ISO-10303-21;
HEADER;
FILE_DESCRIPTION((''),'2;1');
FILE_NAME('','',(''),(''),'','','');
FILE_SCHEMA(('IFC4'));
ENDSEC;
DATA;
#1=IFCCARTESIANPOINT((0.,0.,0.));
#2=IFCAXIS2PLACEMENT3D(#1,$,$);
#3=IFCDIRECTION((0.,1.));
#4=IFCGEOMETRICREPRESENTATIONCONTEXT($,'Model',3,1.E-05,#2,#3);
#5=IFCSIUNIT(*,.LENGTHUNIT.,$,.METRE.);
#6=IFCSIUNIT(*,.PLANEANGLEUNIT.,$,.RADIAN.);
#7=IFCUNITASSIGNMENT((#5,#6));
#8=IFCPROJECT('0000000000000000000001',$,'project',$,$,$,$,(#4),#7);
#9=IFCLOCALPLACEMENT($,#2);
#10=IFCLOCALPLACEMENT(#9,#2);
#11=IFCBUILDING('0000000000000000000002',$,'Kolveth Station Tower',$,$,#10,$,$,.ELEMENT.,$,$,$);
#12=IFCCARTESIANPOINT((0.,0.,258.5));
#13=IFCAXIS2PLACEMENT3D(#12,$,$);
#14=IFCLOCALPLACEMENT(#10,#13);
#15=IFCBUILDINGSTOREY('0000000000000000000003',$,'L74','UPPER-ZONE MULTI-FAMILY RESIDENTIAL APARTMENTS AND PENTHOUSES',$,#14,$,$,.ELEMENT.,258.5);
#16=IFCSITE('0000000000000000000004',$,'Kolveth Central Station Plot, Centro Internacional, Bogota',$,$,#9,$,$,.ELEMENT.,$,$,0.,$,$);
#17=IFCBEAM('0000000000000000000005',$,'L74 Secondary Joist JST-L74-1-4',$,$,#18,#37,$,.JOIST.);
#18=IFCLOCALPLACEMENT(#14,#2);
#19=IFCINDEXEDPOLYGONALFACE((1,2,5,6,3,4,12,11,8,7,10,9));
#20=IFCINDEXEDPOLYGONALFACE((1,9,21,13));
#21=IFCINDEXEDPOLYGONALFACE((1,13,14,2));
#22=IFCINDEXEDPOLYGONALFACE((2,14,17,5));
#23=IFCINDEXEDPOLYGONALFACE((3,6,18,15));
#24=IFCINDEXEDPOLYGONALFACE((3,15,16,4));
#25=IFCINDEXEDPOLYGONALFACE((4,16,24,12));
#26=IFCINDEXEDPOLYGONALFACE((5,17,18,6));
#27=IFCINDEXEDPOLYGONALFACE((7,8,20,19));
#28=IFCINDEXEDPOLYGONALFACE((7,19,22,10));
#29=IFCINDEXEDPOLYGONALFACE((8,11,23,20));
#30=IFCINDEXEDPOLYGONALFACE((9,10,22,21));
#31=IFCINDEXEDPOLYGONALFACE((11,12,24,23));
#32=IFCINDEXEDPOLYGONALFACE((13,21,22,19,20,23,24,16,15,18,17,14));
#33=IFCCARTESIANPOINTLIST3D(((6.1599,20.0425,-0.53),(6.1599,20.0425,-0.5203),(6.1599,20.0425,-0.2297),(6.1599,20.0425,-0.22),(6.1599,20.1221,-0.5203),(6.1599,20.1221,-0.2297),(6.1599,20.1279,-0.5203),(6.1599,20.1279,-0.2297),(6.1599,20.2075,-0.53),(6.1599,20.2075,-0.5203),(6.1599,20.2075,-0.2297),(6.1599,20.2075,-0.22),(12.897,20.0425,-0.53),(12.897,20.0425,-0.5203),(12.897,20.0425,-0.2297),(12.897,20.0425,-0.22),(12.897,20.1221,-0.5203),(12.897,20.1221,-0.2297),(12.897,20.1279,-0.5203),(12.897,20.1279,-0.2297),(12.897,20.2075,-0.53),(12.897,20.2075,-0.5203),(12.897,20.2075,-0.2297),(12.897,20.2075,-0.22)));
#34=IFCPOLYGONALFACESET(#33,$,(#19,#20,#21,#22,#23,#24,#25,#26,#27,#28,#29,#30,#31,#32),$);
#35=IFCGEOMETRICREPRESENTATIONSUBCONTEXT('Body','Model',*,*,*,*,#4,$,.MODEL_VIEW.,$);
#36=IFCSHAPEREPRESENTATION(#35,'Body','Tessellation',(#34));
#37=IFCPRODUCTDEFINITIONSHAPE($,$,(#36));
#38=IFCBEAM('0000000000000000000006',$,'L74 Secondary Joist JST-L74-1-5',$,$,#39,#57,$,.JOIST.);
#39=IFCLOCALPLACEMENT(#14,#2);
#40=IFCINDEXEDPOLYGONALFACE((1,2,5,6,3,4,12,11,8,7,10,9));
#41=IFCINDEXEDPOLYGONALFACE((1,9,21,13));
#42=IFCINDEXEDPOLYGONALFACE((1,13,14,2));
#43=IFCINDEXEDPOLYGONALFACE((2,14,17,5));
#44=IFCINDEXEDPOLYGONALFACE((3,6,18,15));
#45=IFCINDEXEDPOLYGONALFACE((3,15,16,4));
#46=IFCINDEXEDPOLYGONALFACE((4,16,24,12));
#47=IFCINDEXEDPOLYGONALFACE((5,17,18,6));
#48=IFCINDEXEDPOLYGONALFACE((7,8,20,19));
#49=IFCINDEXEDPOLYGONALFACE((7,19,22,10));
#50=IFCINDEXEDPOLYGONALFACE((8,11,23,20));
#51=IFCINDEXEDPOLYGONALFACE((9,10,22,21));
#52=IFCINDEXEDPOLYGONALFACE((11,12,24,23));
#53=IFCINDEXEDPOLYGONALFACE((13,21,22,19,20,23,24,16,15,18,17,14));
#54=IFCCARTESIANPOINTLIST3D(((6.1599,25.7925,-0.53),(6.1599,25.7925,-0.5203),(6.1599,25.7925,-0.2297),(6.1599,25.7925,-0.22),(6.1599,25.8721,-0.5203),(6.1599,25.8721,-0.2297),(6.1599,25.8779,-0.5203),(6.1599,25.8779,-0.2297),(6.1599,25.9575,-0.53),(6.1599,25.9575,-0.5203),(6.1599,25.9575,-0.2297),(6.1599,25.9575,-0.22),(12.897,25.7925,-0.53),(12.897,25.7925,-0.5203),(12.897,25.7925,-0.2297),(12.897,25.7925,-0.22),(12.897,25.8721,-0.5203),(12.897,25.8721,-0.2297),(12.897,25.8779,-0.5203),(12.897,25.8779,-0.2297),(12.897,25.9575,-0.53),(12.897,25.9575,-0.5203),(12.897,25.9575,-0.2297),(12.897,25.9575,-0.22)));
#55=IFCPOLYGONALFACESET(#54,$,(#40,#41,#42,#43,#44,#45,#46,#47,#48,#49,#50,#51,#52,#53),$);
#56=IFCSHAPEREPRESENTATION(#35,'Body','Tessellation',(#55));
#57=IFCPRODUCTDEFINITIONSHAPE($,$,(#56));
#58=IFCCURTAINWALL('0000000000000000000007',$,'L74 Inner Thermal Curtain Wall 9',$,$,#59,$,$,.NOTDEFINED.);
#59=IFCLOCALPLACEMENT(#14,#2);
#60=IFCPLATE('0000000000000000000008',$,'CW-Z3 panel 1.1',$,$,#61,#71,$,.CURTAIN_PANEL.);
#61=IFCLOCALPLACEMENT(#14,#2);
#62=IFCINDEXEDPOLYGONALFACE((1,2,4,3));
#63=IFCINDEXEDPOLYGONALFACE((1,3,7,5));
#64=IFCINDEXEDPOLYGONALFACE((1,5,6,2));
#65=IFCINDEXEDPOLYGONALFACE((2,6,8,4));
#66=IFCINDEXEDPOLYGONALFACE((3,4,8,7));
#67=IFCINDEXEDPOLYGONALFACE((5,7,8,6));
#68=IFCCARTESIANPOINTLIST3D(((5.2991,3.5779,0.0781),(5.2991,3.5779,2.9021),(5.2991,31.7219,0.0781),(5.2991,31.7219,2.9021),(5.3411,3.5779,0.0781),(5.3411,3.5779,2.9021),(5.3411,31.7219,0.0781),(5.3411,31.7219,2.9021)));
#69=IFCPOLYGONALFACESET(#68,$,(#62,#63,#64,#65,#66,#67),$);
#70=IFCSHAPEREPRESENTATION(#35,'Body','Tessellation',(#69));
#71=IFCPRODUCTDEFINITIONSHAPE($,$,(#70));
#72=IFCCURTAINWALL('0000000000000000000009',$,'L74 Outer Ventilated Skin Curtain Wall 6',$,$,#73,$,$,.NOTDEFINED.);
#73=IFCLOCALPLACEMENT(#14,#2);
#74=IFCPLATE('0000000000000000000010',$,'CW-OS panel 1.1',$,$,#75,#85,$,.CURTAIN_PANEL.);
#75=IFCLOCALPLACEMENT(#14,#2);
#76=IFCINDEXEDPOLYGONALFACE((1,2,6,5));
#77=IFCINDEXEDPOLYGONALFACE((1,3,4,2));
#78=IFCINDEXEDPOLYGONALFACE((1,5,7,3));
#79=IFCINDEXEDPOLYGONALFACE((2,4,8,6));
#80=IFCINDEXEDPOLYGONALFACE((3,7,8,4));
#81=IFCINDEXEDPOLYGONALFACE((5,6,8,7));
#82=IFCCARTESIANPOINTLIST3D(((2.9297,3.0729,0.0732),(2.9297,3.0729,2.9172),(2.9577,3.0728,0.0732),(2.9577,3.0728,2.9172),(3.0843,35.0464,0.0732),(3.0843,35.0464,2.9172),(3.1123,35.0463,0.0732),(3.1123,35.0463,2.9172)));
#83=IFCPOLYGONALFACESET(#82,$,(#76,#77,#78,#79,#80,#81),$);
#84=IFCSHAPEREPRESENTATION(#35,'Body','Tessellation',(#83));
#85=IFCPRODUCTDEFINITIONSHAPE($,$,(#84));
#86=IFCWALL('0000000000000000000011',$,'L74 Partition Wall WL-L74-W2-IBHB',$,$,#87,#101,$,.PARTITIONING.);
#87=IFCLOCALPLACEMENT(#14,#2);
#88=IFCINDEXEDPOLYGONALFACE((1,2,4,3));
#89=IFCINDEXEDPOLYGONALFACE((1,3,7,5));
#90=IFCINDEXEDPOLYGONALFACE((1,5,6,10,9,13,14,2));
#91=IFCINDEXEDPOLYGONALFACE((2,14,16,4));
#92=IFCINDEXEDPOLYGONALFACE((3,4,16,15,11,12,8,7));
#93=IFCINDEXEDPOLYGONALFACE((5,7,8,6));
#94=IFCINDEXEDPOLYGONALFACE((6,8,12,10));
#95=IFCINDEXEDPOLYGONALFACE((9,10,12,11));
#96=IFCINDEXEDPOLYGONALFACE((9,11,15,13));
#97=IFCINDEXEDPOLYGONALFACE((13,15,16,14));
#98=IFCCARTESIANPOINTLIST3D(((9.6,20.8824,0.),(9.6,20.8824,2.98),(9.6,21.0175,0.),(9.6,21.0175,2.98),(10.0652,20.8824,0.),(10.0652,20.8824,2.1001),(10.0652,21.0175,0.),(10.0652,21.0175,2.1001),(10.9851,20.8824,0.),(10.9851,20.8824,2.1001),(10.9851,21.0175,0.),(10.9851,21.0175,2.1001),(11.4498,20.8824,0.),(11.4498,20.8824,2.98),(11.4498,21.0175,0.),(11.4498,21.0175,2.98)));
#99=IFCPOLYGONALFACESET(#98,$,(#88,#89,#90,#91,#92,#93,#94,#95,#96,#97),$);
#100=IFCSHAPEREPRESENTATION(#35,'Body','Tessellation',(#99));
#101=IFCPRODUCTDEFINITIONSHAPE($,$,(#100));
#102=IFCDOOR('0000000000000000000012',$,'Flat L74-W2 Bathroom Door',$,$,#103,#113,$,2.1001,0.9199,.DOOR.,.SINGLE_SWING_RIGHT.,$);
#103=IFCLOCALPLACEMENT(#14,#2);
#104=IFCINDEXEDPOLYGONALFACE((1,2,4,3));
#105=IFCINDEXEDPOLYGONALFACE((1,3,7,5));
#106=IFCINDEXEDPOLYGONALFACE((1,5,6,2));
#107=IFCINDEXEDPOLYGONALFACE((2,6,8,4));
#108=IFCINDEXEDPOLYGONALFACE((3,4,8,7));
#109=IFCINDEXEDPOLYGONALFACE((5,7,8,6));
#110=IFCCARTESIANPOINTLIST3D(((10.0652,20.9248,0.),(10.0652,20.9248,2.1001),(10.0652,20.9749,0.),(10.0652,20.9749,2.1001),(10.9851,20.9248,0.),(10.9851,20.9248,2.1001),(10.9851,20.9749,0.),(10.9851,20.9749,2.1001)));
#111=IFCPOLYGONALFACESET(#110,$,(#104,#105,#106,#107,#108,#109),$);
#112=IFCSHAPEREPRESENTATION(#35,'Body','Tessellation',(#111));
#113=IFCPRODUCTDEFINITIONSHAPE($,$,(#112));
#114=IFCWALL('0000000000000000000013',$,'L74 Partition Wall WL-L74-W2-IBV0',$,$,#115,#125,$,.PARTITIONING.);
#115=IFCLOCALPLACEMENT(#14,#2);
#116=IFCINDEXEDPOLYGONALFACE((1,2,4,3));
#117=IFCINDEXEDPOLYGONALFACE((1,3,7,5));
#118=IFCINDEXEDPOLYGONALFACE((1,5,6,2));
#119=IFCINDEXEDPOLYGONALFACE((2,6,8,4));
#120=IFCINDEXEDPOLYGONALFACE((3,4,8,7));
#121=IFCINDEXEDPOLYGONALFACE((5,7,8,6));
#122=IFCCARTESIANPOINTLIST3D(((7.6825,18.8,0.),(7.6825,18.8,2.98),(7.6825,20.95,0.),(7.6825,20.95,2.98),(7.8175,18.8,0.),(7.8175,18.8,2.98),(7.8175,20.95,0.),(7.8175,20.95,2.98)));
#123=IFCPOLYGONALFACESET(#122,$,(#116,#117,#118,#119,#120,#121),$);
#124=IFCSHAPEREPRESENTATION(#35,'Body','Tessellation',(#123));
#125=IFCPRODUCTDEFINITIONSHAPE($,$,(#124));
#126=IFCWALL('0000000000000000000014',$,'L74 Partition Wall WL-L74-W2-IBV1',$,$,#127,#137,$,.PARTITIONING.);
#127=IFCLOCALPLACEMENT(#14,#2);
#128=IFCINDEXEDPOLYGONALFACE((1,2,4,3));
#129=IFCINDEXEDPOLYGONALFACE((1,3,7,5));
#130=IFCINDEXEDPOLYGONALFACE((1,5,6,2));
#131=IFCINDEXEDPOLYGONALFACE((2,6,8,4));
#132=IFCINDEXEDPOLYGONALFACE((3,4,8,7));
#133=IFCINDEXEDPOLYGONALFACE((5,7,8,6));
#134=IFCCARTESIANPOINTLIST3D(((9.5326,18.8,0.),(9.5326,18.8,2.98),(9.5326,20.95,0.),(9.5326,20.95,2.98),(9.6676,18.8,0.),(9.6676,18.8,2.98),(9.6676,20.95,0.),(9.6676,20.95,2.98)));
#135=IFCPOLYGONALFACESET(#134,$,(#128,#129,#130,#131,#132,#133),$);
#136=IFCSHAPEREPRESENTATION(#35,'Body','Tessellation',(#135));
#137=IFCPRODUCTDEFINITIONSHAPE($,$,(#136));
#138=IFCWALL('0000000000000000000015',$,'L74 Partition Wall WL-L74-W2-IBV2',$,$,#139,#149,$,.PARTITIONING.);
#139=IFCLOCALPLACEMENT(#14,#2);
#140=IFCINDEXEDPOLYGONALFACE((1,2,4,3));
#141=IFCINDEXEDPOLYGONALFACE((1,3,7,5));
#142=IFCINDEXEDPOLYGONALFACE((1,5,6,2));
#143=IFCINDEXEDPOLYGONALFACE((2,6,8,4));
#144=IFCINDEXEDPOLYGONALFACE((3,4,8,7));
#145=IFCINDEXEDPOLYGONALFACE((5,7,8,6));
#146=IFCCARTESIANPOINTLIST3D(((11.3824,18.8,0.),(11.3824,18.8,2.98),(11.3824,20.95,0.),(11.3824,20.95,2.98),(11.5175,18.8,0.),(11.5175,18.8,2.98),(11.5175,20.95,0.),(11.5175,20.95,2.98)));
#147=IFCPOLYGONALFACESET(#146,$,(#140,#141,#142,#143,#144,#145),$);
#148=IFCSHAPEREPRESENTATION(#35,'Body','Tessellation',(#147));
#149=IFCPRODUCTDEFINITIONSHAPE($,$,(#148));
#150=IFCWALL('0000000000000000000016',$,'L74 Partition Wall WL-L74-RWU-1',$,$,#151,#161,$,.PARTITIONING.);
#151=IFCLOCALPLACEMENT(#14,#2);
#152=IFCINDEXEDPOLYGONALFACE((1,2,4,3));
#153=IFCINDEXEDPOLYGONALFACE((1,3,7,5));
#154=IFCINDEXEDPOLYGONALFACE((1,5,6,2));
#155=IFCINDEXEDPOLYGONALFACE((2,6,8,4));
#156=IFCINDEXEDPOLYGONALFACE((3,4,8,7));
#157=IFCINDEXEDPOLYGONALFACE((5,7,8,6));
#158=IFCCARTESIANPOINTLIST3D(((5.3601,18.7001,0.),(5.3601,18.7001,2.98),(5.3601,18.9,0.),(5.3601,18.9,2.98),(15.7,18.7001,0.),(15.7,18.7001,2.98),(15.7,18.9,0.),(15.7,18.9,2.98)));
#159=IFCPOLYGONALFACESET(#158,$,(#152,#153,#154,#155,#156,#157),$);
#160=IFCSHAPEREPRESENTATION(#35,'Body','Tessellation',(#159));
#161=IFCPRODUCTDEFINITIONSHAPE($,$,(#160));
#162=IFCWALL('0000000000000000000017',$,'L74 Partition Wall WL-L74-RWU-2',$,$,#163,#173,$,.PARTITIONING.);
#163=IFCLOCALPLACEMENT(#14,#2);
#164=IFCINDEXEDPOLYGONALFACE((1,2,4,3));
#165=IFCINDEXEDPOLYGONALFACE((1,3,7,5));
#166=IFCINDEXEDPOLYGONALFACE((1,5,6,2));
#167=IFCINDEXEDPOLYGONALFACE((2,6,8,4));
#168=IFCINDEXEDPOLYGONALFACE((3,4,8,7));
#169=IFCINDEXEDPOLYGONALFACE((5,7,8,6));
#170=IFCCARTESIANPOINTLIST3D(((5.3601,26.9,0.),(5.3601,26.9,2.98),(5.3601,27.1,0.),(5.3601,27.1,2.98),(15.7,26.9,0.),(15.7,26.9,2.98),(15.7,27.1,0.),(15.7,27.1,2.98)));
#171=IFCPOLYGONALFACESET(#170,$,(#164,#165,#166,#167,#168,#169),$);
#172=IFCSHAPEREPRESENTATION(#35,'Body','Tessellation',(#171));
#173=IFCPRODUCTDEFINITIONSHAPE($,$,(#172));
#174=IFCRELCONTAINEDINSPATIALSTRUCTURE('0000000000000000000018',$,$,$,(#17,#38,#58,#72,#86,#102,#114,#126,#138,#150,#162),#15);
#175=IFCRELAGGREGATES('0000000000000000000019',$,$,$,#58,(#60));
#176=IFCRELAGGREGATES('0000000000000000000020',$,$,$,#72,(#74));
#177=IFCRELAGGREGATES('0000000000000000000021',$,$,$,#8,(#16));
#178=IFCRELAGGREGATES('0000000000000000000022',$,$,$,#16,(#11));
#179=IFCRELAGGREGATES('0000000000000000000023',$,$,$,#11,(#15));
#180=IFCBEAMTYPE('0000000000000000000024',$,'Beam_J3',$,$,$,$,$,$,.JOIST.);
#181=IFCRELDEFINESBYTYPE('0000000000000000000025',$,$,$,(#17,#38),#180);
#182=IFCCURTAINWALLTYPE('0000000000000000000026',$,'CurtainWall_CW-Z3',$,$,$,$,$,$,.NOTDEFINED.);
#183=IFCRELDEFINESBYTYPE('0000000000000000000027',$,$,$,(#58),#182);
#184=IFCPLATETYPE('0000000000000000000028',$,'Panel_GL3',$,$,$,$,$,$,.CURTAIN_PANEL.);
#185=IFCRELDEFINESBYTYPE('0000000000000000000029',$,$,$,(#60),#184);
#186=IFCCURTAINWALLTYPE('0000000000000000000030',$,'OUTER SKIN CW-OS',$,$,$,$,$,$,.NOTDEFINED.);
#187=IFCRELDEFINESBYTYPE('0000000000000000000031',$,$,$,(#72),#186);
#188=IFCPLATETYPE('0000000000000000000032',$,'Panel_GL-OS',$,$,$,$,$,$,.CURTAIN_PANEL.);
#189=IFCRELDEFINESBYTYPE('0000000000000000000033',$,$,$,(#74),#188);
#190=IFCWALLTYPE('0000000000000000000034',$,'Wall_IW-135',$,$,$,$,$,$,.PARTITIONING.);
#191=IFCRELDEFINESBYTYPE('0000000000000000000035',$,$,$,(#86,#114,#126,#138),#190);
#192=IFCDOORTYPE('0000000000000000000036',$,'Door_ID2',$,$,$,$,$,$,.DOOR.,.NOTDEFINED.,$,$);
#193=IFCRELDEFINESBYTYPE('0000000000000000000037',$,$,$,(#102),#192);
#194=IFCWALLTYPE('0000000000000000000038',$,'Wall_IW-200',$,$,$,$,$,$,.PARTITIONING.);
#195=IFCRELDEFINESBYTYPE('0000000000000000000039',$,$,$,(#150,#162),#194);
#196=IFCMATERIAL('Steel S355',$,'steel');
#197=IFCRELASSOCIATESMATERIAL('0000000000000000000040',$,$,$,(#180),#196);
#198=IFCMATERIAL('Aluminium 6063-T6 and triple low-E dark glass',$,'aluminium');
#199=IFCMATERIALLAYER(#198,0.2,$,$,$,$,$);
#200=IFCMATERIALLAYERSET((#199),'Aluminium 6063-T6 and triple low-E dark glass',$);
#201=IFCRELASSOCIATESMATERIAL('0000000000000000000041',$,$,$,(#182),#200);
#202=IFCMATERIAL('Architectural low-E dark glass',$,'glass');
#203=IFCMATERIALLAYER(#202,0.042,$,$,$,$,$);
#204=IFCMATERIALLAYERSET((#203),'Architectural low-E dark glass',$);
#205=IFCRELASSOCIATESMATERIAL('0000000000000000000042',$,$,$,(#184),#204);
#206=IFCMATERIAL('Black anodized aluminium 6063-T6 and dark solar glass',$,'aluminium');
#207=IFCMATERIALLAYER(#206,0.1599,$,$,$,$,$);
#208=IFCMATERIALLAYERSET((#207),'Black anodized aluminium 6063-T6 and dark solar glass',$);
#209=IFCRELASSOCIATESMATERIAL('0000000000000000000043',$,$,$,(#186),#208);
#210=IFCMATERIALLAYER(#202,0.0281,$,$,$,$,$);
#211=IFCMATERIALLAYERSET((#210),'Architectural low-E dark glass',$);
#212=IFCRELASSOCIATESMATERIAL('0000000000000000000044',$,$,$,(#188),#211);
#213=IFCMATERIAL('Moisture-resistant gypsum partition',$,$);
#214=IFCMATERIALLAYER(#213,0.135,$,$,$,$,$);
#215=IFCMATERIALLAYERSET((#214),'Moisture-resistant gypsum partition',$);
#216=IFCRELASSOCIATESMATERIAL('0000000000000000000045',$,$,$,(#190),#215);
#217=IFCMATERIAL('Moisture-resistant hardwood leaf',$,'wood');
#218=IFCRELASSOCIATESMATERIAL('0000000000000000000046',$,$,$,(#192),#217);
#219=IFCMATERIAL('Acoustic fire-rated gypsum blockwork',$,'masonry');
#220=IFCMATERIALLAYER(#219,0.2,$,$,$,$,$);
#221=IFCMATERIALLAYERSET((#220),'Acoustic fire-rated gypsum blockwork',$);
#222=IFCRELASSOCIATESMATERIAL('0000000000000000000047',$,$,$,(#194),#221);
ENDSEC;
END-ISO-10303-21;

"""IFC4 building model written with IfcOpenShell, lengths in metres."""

from ifc_helpers import new_model, si_unit, direction, frame, frame_2d, origin, origin_2d, place, context, subcontext, project, spatial, rectangle, i_section, extrude, source, transform, mapped, material, layer, layer_set, material_profile, profile_set, type_object, element, fill, aggregate, save


model = new_model("IFC4")

# Units and contexts
model_context = context("Model", 3, precision=1e-05, world=origin(), true_north=direction((0.0, 1.0)))
body_context = subcontext(model_context, "Body", "Model", "MODEL_VIEW")
ifc_project = project(units=[si_unit("LENGTHUNIT", "METRE"), si_unit("PLANEANGLEUNIT", "RADIAN")], contexts=[model_context])

# Site, building, storey
site_placement = place(None, origin())
site = spatial("IfcSite", under=ifc_project, at=site_placement, Name="Kolveth Central Station Plot, Centro Internacional, Bogota", CompositionType="ELEMENT", RefElevation=0.0)
building_placement = place(site_placement, origin())
building = spatial("IfcBuilding", under=site, at=building_placement, Name="Kolveth Station Tower", CompositionType="ELEMENT")
storey_placement = place(building_placement, frame((0.0, 0.0, 258.5)))
storey = spatial("IfcBuildingStorey", under=building, at=storey_placement, Name="L74", Description="UPPER-ZONE MULTI-FAMILY RESIDENTIAL APARTMENTS AND PENTHOUSES", CompositionType="ELEMENT", Elevation=258.5)

# Shared definitions
ifc_material_1 = material(Name="Steel S355", Category="steel")

# Beams
ifc_material_profile_1 = material_profile(ifc_material_1, i_section(OverallWidth=0.165, OverallDepth=0.3101, WebThickness=0.0059, FlangeThickness=0.0098, at=origin_2d()), Name="W310x39")
ifc_profile_set_1 = profile_set([ifc_material_profile_1], Name="Steel S355")
beam_type_1 = type_object("IfcBeamType", Name="Beam_J3", PredefinedType="JOIST", material=ifc_profile_set_1)
shared_shape_1 = source(origin(), body_context, "Body", "SweptSolid", [
    extrude(i_section(OverallWidth=0.165, OverallDepth=0.3101, WebThickness=0.0059, FlangeThickness=0.0098, at=origin_2d()), origin(), (0.0, 0.0, 1.0), 6.7371),
])
for number, where, z_axis, x_axis, name in (
    (1, (6.1599, 20.125, -0.375), (1.0, 0.0, 0.0), (0.0, 1.0, 0.0), "L74 Secondary Joist JST-L74-1-4"),
    (2, (6.1599, 25.875, -0.375), (1.0, 0.0, 0.0), (0.0, 1.0, 0.0), "L74 Secondary Joist JST-L74-1-5"),
):
    element("IfcBeam", number, at=place(storey_placement, frame(where, z_axis=z_axis, x_axis=x_axis)), inside=storey, type_object=beam_type_1, Name=name, PredefinedType="JOIST", context=body_context, shape_type="MappedRepresentation", body=[
        mapped(shared_shape_1, transform((0.0, 0.0, 0.0), x_axis=(1.0, 0.0, 0.0), y_axis=(0.0, 1.0, 0.0), z_axis=(0.0, 0.0, 1.0), scale=1.0)),
    ])

# Curtain walls, plates
ifc_material_2 = material(Name="Aluminium 6063-T6 and triple low-E dark glass", Category="aluminium")
ifc_layer_1 = layer(ifc_material_2, 0.2)
ifc_layer_set_1 = layer_set([ifc_layer_1], Name="Aluminium 6063-T6 and triple low-E dark glass")
curtain_wall_type_1 = type_object("IfcCurtainWallType", Name="CurtainWall_CW-Z3", PredefinedType="NOTDEFINED", material=ifc_layer_set_1)
curtain_wall_1_placement = place(storey_placement, origin())
curtain_wall_1 = element("IfcCurtainWall", 3, at=curtain_wall_1_placement, inside=storey, type_object=curtain_wall_type_1, Name="L74 Inner Thermal Curtain Wall 9", PredefinedType="NOTDEFINED")
ifc_material_3 = material(Name="Architectural low-E dark glass", Category="glass")
ifc_layer_2 = layer(ifc_material_3, 0.042)
ifc_layer_set_2 = layer_set([ifc_layer_2], Name="Architectural low-E dark glass")
plate_type_1 = type_object("IfcPlateType", Name="Panel_GL3", PredefinedType="CURTAIN_PANEL", material=ifc_layer_set_2)
shared_shape_2 = source(origin(), body_context, "Body", "SweptSolid", [
    extrude(rectangle(XDim=28.144, YDim=0.042, at=origin_2d()), origin(), (0.0, 0.0, 1.0), 2.824),
])
plate_1_placement = place(storey_placement, frame((5.3201, 17.6499, 0.0781), z_axis=(0.0, 0.0, 1.0), x_axis=(0.0, -1.0, 0.0)))
plate_1 = element("IfcPlate", 4, at=plate_1_placement, type_object=plate_type_1, Name="CW-Z3 panel 1.1", PredefinedType="CURTAIN_PANEL", context=body_context, shape_type="MappedRepresentation", body=[
    mapped(shared_shape_2, transform((0.0, 0.0, 0.0), x_axis=(1.0, 0.0, 0.0), y_axis=(0.0, 1.0, 0.0), z_axis=(0.0, 0.0, 1.0), scale=1.0)),
])
aggregate(curtain_wall_1, [plate_1])
ifc_material_4 = material(Name="Black anodized aluminium 6063-T6 and dark solar glass", Category="aluminium")
ifc_layer_3 = layer(ifc_material_4, 0.1599)
ifc_layer_set_3 = layer_set([ifc_layer_3], Name="Black anodized aluminium 6063-T6 and dark solar glass")
curtain_wall_type_2 = type_object("IfcCurtainWallType", Name="OUTER SKIN CW-OS", PredefinedType="NOTDEFINED", material=ifc_layer_set_3)
curtain_wall_2_placement = place(storey_placement, origin())
curtain_wall_2 = element("IfcCurtainWall", 5, at=curtain_wall_2_placement, inside=storey, type_object=curtain_wall_type_2, Name="L74 Outer Ventilated Skin Curtain Wall 6", PredefinedType="NOTDEFINED")
ifc_layer_4 = layer(ifc_material_3, 0.0281)
ifc_layer_set_4 = layer_set([ifc_layer_4], Name="Architectural low-E dark glass")
plate_type_2 = type_object("IfcPlateType", Name="Panel_GL-OS", PredefinedType="CURTAIN_PANEL", material=ifc_layer_set_4)
shared_shape_3 = source(origin(), body_context, "Body", "SweptSolid", [
    extrude(rectangle(XDim=31.9739, YDim=0.0281, at=origin_2d()), origin(), (0.0, 0.0, 1.0), 2.844),
])
plate_2_placement = place(storey_placement, frame((3.021, 19.0596, 0.0732), z_axis=(0.0, 0.0, 1.0), x_axis=(-0.004835, -0.999988, 0.0)))
plate_2 = element("IfcPlate", 6, at=plate_2_placement, type_object=plate_type_2, Name="CW-OS panel 1.1", PredefinedType="CURTAIN_PANEL", context=body_context, shape_type="MappedRepresentation", body=[
    mapped(shared_shape_3, transform((0.0, 0.0, 0.0), x_axis=(1.0, 0.0, 0.0), y_axis=(0.0, 1.0, 0.0), z_axis=(0.0, 0.0, 1.0), scale=1.0)),
])
aggregate(curtain_wall_2, [plate_2])

# Wall, opening, door
ifc_material_5 = material(Name="Moisture-resistant gypsum partition")
ifc_layer_5 = layer(ifc_material_5, 0.135)
ifc_layer_set_5 = layer_set([ifc_layer_5], Name="Moisture-resistant gypsum partition")
wall_type_1 = type_object("IfcWallType", Name="Wall_IW-135", PredefinedType="PARTITIONING", material=ifc_layer_set_5)
wall_1_placement = place(storey_placement, frame((9.6001, 20.95, 0.0), z_axis=(0.0, 0.0, 1.0), x_axis=(1.0, 0.0, 0.0)))
wall_1 = element("IfcWall", 7, at=wall_1_placement, inside=storey, type_object=wall_type_1, Name="L74 Partition Wall WL-L74-W2-IBHB", PredefinedType="PARTITIONING", context=body_context, shape_type="SweptSolid", body=[
    extrude(rectangle(XDim=1.8499, YDim=0.135, at=frame_2d((0.9248, 0.0))), origin(), (0.0, 0.0, 1.0), 2.98),
])
opening_1_placement = place(wall_1_placement, frame((0.4651, 0.0, 0.0)))
opening_1 = element("IfcOpeningElement", 8, at=opening_1_placement, cuts=wall_1, PredefinedType="OPENING", context=body_context, shape_type="SweptSolid", body=[
    extrude(rectangle(XDim=0.9199, YDim=2.1001, at=frame_2d((0.46, 1.05))), frame((0.0, 0.0774, 0.0), z_axis=(0.0, -1.0, 0.0), x_axis=(1.0, 0.0, 0.0)), (0.0, 0.0, 1.0), 0.155),
])
ifc_material_6 = material(Name="Moisture-resistant hardwood leaf", Category="wood")
door_type_1 = type_object("IfcDoorType", Name="Door_ID2", OperationType="NOTDEFINED", PredefinedType="DOOR", material=ifc_material_6)
door_1_placement = place(opening_1_placement, origin())
door_1 = element("IfcDoor", 9, at=door_1_placement, inside=storey, type_object=door_type_1, Name="Flat L74-W2 Bathroom Door", OperationType="SINGLE_SWING_RIGHT", OverallHeight=2.1001, OverallWidth=0.9199, PredefinedType="DOOR", context=body_context, shape_type="SweptSolid", body=[
    extrude(rectangle(XDim=0.9199, YDim=2.1001, at=frame_2d((0.46, 1.05))), frame((0.0, 0.0249, 0.0), z_axis=(0.0, -1.0, 0.0), x_axis=(1.0, 0.0, 0.0)), (0.0, 0.0, 1.0), 0.05),
])
fill(opening_1, door_1)

# Walls
for number, where, z_axis, x_axis, name in (
    (10, (7.75, 18.8, 0.0), (0.0, 0.0, 1.0), (0.0, 1.0, 0.0), "L74 Partition Wall WL-L74-W2-IBV0"),
    (11, (9.6001, 18.8, 0.0), (0.0, 0.0, 1.0), (0.0, 1.0, 0.0), "L74 Partition Wall WL-L74-W2-IBV1"),
    (12, (11.45, 18.8, 0.0), (0.0, 0.0, 1.0), (0.0, 1.0, 0.0), "L74 Partition Wall WL-L74-W2-IBV2"),
):
    element("IfcWall", number, at=place(storey_placement, frame(where, z_axis=z_axis, x_axis=x_axis)), inside=storey, type_object=wall_type_1, Name=name, PredefinedType="PARTITIONING", context=body_context, shape_type="SweptSolid", body=[
        extrude(rectangle(XDim=2.1499, YDim=0.135, at=frame_2d((1.075, 0.0))), origin(), (0.0, 0.0, 1.0), 2.98),
    ])
ifc_material_7 = material(Name="Acoustic fire-rated gypsum blockwork", Category="masonry")
ifc_layer_6 = layer(ifc_material_7, 0.2)
ifc_layer_set_6 = layer_set([ifc_layer_6], Name="Acoustic fire-rated gypsum blockwork")
wall_type_2 = type_object("IfcWallType", Name="Wall_IW-200", PredefinedType="PARTITIONING", material=ifc_layer_set_6)
for number, where, z_axis, x_axis, name in (
    (13, (5.3601, 18.8, 0.0), (0.0, 0.0, 1.0), (1.0, 0.0, 0.0), "L74 Partition Wall WL-L74-RWU-1"),
    (14, (5.3601, 27.0, 0.0), (0.0, 0.0, 1.0), (1.0, 0.0, 0.0), "L74 Partition Wall WL-L74-RWU-2"),
):
    element("IfcWall", number, at=place(storey_placement, frame(where, z_axis=z_axis, x_axis=x_axis)), inside=storey, type_object=wall_type_2, Name=name, PredefinedType="PARTITIONING", context=body_context, shape_type="SweptSolid", body=[
        extrude(rectangle(XDim=10.3398, YDim=0.2, at=frame_2d((5.1699, 0.0))), origin(), (0.0, 0.0, 1.0), 2.98),
    ])

save(model, "model.ifc")
